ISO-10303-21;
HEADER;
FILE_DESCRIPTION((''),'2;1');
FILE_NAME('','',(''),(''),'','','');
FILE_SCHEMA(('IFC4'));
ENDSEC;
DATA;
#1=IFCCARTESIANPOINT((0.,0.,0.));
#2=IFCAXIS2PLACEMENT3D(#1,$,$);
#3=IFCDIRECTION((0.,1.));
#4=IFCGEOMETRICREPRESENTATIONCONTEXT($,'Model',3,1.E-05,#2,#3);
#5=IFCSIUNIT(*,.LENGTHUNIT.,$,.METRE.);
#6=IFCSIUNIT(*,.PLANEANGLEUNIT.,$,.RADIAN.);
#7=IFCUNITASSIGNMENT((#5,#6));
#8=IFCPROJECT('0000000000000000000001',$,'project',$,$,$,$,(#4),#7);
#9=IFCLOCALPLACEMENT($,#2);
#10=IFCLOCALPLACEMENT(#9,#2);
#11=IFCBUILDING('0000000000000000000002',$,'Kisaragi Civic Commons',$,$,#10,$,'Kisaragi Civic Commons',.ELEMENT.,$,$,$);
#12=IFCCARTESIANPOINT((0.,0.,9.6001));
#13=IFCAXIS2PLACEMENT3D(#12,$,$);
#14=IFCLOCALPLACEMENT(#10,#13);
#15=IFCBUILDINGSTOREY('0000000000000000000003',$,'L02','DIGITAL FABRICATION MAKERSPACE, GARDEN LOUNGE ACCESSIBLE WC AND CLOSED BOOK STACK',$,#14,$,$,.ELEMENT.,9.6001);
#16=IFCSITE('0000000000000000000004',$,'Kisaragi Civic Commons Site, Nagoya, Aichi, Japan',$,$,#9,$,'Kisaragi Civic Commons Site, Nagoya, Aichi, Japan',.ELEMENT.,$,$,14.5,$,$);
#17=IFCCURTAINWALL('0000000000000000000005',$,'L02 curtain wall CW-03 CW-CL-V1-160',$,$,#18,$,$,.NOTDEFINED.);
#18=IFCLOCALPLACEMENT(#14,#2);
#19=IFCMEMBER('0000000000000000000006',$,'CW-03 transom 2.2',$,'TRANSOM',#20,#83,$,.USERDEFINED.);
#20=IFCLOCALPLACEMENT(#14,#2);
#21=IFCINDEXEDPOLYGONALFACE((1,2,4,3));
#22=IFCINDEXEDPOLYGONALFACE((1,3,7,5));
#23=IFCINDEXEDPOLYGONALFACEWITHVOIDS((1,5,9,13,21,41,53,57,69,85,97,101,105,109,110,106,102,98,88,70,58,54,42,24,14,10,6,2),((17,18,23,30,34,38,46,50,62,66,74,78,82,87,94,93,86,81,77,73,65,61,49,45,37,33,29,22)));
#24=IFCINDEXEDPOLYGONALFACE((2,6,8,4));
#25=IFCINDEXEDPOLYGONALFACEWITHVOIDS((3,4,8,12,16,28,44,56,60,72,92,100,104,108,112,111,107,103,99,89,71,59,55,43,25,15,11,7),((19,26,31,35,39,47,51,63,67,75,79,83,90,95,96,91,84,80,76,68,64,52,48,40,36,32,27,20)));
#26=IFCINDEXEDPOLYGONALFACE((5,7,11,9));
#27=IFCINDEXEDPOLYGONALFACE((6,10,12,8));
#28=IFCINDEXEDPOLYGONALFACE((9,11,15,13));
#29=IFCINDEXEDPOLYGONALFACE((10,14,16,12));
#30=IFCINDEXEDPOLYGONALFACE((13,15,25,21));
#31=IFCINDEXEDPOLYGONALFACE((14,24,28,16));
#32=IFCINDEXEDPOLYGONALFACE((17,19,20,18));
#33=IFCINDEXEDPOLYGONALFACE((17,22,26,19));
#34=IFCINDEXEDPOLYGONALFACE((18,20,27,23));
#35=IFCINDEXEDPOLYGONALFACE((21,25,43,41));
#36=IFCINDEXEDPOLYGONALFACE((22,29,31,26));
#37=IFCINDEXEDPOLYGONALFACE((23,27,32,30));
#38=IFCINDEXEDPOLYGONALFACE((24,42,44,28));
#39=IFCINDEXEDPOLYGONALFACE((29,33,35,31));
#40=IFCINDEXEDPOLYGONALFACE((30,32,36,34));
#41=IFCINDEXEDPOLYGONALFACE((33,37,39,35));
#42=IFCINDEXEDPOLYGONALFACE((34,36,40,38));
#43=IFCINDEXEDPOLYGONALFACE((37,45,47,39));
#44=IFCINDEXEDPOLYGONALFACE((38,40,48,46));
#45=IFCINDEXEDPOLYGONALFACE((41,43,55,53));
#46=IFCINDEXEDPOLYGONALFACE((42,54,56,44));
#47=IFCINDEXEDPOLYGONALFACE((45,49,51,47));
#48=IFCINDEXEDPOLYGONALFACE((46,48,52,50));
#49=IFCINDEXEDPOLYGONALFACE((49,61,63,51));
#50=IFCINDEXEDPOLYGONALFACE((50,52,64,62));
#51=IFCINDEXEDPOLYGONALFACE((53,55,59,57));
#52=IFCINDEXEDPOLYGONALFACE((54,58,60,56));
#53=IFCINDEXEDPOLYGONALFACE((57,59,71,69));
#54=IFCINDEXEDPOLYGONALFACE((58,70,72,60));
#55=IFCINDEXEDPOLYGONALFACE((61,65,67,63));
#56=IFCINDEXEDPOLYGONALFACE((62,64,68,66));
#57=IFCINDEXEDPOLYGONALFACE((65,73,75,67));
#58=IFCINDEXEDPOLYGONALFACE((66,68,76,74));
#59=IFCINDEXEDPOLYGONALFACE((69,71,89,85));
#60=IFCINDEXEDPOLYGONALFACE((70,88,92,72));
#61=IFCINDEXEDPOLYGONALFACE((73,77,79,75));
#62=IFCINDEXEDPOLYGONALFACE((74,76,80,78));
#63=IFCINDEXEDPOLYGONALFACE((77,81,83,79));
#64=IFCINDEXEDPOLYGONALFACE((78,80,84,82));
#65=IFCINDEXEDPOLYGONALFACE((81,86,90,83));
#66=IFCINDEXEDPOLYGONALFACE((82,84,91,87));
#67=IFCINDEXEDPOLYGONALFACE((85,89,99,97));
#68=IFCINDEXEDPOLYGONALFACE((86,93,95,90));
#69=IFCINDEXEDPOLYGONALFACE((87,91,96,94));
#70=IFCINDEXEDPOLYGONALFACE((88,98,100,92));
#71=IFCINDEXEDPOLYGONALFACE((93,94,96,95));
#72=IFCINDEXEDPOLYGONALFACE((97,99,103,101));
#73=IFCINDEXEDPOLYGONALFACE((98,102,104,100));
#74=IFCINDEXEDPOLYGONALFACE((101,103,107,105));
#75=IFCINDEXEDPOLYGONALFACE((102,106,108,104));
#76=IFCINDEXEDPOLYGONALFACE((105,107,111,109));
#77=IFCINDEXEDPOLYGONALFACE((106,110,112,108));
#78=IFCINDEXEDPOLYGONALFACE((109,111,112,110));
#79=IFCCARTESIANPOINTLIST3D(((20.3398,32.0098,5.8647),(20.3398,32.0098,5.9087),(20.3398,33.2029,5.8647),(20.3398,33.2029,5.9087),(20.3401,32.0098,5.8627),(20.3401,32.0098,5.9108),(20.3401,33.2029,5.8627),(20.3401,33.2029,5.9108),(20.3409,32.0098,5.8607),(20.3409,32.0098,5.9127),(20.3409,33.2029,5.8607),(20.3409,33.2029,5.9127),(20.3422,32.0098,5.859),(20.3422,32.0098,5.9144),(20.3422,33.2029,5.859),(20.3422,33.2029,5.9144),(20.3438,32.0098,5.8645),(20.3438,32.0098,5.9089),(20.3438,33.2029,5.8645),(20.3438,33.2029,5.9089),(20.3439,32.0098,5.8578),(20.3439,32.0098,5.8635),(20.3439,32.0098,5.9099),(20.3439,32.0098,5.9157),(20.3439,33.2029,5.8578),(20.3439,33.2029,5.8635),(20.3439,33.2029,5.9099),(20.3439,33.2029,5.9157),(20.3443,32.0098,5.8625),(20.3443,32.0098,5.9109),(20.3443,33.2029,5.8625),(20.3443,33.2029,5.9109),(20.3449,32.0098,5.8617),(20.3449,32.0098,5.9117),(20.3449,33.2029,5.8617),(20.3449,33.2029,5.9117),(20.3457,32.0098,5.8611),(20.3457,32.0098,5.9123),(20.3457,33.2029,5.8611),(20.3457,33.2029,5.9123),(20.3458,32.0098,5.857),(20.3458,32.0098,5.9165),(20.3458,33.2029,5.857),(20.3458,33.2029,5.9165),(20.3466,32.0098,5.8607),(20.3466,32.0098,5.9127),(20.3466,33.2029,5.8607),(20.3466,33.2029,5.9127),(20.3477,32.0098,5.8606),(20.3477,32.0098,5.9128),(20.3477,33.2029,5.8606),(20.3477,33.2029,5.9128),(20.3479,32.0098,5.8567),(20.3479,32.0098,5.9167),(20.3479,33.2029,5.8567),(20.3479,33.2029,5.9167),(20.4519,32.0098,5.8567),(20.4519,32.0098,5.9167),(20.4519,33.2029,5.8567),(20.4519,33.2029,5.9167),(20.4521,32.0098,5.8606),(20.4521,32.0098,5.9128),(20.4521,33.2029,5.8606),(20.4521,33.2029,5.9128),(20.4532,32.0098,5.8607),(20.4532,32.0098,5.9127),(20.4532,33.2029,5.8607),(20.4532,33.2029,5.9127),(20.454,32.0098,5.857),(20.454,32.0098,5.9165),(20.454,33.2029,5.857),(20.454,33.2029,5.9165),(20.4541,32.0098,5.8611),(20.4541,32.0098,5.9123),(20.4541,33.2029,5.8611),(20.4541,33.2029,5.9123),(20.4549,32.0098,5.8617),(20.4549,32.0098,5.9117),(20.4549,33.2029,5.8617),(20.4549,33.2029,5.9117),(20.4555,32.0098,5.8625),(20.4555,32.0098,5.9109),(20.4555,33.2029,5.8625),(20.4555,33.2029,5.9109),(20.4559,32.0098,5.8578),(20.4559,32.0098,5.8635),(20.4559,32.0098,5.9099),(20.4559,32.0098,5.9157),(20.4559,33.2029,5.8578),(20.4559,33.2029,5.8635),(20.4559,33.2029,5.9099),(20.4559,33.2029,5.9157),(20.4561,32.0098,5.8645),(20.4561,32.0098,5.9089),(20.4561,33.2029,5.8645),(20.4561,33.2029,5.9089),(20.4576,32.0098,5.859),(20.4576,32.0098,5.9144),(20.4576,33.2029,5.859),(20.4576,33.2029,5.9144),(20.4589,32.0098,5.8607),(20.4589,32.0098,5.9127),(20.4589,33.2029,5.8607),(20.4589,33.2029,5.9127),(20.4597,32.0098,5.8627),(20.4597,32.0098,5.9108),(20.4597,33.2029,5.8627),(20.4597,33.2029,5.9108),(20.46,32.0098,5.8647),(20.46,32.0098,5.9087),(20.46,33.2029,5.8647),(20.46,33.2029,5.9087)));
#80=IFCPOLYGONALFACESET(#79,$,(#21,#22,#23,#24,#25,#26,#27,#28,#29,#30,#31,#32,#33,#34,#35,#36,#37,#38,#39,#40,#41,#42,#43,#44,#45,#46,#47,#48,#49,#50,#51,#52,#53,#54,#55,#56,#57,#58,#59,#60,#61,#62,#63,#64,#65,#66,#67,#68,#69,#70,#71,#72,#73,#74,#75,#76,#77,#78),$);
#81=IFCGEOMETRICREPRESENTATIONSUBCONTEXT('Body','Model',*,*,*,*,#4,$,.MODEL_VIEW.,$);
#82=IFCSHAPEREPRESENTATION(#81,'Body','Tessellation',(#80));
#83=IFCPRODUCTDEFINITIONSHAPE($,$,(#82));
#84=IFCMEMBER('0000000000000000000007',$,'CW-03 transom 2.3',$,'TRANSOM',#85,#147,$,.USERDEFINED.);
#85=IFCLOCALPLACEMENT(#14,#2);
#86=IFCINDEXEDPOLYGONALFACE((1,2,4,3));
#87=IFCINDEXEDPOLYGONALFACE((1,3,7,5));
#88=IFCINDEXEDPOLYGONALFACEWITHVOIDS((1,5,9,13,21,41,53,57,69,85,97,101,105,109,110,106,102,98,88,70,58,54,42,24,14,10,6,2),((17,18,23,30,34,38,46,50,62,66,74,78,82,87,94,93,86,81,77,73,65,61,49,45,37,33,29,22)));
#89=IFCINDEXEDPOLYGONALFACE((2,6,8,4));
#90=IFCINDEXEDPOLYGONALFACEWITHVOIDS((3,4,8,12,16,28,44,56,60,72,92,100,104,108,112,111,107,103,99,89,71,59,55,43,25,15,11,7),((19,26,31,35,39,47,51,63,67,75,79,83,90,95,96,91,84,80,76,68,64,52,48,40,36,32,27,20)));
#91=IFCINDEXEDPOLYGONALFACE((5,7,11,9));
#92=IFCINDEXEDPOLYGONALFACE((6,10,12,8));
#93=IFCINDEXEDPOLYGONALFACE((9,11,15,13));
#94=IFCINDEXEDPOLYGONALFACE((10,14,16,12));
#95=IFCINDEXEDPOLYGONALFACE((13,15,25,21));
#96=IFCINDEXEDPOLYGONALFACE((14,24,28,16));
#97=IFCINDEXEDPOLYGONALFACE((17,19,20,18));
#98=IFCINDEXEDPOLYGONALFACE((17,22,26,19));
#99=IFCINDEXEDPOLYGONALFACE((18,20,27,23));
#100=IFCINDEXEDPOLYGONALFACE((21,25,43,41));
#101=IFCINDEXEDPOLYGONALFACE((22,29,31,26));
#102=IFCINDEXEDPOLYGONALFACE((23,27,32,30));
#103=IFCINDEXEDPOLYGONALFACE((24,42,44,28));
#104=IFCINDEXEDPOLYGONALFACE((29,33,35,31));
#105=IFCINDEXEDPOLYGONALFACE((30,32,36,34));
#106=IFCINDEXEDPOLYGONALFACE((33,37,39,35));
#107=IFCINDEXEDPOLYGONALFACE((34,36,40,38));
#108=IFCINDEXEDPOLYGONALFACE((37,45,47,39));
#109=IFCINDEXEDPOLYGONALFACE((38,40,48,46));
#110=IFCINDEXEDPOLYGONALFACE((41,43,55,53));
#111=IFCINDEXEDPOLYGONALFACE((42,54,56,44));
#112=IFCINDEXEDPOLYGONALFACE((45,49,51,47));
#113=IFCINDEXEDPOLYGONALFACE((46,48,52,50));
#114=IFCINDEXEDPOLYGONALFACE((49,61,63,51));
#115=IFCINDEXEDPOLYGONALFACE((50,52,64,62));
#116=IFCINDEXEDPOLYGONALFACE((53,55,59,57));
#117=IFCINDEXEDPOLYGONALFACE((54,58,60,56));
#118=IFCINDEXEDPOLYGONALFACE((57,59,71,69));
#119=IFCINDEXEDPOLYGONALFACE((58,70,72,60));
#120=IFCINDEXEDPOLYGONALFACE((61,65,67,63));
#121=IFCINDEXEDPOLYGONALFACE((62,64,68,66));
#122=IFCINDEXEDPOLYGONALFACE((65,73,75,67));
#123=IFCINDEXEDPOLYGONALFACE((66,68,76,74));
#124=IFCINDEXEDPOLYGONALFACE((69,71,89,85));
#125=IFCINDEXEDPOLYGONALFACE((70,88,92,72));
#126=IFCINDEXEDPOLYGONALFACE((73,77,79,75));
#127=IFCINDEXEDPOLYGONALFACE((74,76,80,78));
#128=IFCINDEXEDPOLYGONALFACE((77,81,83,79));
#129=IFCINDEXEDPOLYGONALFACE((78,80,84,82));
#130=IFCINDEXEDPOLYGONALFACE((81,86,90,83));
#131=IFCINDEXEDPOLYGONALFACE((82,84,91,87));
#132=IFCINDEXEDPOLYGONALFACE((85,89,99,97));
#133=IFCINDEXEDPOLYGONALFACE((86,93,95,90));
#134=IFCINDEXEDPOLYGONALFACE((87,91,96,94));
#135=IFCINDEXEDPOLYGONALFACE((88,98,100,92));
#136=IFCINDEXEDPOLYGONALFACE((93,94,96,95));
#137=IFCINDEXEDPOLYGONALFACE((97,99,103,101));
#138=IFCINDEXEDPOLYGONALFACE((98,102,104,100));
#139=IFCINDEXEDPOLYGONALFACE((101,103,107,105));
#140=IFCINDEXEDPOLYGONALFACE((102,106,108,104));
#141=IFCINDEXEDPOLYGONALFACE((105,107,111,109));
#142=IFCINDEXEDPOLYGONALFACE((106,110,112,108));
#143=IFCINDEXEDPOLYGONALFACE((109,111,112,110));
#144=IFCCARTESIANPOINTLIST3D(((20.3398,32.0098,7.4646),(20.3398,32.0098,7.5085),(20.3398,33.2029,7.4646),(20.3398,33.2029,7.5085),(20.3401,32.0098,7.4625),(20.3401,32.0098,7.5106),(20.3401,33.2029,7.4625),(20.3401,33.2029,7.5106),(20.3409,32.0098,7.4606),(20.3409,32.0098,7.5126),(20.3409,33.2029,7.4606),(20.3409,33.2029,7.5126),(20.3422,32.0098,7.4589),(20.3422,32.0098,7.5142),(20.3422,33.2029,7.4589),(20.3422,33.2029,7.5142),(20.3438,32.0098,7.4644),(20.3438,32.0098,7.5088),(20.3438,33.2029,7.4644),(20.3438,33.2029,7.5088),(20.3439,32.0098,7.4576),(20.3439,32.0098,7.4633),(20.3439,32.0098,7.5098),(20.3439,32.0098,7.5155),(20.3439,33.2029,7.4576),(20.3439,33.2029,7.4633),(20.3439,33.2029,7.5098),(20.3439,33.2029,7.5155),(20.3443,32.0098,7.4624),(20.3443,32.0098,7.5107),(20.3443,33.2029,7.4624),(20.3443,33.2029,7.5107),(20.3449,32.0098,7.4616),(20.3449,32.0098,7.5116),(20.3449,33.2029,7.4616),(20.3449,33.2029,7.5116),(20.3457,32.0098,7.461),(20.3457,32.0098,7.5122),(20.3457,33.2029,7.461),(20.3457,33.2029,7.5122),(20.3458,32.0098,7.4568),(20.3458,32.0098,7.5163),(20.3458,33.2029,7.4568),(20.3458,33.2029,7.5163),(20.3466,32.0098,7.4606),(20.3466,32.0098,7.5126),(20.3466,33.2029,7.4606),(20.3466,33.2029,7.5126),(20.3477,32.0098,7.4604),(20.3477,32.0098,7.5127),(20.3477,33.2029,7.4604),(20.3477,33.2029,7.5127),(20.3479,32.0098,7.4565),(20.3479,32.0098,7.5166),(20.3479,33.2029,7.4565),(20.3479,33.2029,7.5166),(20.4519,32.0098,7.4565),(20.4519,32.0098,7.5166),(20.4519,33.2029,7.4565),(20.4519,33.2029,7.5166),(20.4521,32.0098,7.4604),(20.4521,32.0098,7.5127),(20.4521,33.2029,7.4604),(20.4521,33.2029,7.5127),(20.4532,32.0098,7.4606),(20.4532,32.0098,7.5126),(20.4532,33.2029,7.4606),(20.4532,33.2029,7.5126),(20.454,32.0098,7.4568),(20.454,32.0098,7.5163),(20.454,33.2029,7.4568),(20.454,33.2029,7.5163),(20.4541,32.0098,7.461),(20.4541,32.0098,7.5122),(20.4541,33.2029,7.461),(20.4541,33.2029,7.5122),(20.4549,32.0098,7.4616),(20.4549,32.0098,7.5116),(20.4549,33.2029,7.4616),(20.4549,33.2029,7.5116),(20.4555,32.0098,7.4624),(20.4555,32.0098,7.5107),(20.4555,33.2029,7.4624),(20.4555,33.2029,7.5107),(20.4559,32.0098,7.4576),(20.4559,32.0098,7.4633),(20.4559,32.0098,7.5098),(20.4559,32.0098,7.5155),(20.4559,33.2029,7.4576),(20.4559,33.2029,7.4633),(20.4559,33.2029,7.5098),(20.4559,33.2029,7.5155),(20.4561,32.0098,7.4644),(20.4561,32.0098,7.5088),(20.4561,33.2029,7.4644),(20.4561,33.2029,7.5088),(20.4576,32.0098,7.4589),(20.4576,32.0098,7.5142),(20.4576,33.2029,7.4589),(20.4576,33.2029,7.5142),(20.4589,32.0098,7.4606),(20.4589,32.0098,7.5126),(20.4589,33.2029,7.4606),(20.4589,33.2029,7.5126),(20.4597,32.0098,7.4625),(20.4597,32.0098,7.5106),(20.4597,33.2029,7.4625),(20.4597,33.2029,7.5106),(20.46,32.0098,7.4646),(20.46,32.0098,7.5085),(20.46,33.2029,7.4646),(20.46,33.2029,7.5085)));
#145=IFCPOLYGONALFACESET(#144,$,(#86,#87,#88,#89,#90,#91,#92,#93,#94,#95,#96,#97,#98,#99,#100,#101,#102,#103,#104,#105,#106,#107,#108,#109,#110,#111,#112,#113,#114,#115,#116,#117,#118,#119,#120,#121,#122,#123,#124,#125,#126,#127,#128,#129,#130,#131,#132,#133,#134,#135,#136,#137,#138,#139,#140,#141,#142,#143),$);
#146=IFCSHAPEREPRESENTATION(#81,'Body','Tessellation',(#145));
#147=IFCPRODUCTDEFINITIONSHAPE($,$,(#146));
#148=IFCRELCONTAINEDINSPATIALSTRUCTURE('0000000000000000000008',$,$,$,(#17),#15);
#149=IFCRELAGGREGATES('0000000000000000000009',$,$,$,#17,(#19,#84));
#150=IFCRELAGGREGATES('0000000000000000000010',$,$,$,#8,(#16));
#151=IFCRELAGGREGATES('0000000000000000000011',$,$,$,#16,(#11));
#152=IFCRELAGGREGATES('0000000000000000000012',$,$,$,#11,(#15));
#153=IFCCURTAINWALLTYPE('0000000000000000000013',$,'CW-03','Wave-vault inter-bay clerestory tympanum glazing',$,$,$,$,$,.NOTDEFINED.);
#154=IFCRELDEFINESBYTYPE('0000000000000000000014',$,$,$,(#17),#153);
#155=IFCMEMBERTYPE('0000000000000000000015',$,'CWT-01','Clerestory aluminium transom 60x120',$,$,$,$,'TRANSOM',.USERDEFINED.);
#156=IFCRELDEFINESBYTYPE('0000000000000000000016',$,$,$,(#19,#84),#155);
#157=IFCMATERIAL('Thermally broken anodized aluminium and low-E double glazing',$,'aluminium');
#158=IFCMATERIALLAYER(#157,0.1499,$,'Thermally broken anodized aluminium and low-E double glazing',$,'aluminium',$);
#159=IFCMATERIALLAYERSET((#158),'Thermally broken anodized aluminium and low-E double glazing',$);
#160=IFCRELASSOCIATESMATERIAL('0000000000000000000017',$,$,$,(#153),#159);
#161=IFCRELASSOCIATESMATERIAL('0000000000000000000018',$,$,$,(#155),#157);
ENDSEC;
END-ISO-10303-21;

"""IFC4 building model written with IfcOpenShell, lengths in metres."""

from ifc_helpers import new_model, si_unit, direction, frame, origin, origin_2d, place, context, subcontext, project, spatial, hollow_rectangle, extrude, material, layer, layer_set, material_profile, profile_set, type_object, element, aggregate, save


model = new_model("IFC4")

# Units and contexts
model_context = context("Model", 3, precision=1e-05, world=origin(), true_north=direction((0.0, 1.0)))
body_context = subcontext(model_context, "Body", "Model", "MODEL_VIEW")
ifc_project = project(units=[si_unit("LENGTHUNIT", "METRE"), si_unit("PLANEANGLEUNIT", "RADIAN")], contexts=[model_context])

# Site, building, storey
site_placement = place(None, origin())
site = spatial("IfcSite", under=ifc_project, at=site_placement, Name="Kisaragi Civic Commons Site, Nagoya, Aichi, Japan", LongName="Kisaragi Civic Commons Site, Nagoya, Aichi, Japan", CompositionType="ELEMENT", RefElevation=14.5)
building_placement = place(site_placement, origin())
building = spatial("IfcBuilding", under=site, at=building_placement, Name="Kisaragi Civic Commons", LongName="Kisaragi Civic Commons", CompositionType="ELEMENT")
storey_placement = place(building_placement, frame((0.0, 0.0, 9.6001)))
storey = spatial("IfcBuildingStorey", under=building, at=storey_placement, Name="L02", Description="DIGITAL FABRICATION MAKERSPACE, GARDEN LOUNGE ACCESSIBLE WC AND CLOSED BOOK STACK", CompositionType="ELEMENT", Elevation=9.6001)

# Curtain wall
ifc_material_1 = material(Name="Thermally broken anodized aluminium and low-E double glazing", Category="aluminium")
ifc_layer_1 = layer(ifc_material_1, 0.1499, Name="Thermally broken anodized aluminium and low-E double glazing", Category="aluminium")
ifc_layer_set_1 = layer_set([ifc_layer_1], Name="Thermally broken anodized aluminium and low-E double glazing")
curtain_wall_type = type_object("IfcCurtainWallType", Name="CW-03", Description="Wave-vault inter-bay clerestory tympanum glazing", PredefinedType="NOTDEFINED", material=ifc_layer_set_1)
curtain_wall_1_placement = place(storey_placement, origin())
curtain_wall_1 = element("IfcCurtainWall", 1, at=curtain_wall_1_placement, inside=storey, type_object=curtain_wall_type, Name="L02 curtain wall CW-03 CW-CL-V1-160", PredefinedType="NOTDEFINED")

# Members
ifc_material_profile_1 = material_profile(ifc_material_1, hollow_rectangle(XDim=0.1201, YDim=0.0601, WallThickness=0.0039, InnerFilletRadius=0.0039, OuterFilletRadius=0.0081, at=origin_2d()), Name="CWT-60x120x4", Category="aluminium")
ifc_profile_set_1 = profile_set([ifc_material_profile_1], Name="Thermally broken anodized aluminium and low-E double glazing")
member_type_1 = type_object("IfcMemberType", Name="CWT-01", Description="Clerestory aluminium transom 60x120", ElementType="TRANSOM", PredefinedType="USERDEFINED", material=ifc_profile_set_1)
member_1_placement = place(storey_placement, frame((20.3999, 32.0098, 5.8867), z_axis=(0.0, 1.0, 0.0), x_axis=(-1.0, 0.0, 0.0)))
member_1 = element("IfcMember", 2, at=member_1_placement, type_object=member_type_1, Name="CW-03 transom 2.2", ObjectType="TRANSOM", PredefinedType="USERDEFINED", context=body_context, shape_type="SweptSolid", body=[
    extrude(hollow_rectangle(XDim=0.1201, YDim=0.0601, WallThickness=0.0039, InnerFilletRadius=0.0039, OuterFilletRadius=0.0081, at=origin_2d()), origin(), (0.0, 0.0, 1.0), 1.1931),
])
member_2_placement = place(storey_placement, frame((20.3999, 32.0098, 7.4866), z_axis=(0.0, 1.0, 0.0), x_axis=(-1.0, 0.0, 0.0)))
member_2 = element("IfcMember", 3, at=member_2_placement, type_object=member_type_1, Name="CW-03 transom 2.3", ObjectType="TRANSOM", PredefinedType="USERDEFINED", context=body_context, shape_type="SweptSolid", body=[
    extrude(hollow_rectangle(XDim=0.1201, YDim=0.0601, WallThickness=0.0039, InnerFilletRadius=0.0039, OuterFilletRadius=0.0081, at=origin_2d()), origin(), (0.0, 0.0, 1.0), 1.1931),
])

aggregate(curtain_wall_1, [member_1, member_2])

save(model, "model.ifc")
